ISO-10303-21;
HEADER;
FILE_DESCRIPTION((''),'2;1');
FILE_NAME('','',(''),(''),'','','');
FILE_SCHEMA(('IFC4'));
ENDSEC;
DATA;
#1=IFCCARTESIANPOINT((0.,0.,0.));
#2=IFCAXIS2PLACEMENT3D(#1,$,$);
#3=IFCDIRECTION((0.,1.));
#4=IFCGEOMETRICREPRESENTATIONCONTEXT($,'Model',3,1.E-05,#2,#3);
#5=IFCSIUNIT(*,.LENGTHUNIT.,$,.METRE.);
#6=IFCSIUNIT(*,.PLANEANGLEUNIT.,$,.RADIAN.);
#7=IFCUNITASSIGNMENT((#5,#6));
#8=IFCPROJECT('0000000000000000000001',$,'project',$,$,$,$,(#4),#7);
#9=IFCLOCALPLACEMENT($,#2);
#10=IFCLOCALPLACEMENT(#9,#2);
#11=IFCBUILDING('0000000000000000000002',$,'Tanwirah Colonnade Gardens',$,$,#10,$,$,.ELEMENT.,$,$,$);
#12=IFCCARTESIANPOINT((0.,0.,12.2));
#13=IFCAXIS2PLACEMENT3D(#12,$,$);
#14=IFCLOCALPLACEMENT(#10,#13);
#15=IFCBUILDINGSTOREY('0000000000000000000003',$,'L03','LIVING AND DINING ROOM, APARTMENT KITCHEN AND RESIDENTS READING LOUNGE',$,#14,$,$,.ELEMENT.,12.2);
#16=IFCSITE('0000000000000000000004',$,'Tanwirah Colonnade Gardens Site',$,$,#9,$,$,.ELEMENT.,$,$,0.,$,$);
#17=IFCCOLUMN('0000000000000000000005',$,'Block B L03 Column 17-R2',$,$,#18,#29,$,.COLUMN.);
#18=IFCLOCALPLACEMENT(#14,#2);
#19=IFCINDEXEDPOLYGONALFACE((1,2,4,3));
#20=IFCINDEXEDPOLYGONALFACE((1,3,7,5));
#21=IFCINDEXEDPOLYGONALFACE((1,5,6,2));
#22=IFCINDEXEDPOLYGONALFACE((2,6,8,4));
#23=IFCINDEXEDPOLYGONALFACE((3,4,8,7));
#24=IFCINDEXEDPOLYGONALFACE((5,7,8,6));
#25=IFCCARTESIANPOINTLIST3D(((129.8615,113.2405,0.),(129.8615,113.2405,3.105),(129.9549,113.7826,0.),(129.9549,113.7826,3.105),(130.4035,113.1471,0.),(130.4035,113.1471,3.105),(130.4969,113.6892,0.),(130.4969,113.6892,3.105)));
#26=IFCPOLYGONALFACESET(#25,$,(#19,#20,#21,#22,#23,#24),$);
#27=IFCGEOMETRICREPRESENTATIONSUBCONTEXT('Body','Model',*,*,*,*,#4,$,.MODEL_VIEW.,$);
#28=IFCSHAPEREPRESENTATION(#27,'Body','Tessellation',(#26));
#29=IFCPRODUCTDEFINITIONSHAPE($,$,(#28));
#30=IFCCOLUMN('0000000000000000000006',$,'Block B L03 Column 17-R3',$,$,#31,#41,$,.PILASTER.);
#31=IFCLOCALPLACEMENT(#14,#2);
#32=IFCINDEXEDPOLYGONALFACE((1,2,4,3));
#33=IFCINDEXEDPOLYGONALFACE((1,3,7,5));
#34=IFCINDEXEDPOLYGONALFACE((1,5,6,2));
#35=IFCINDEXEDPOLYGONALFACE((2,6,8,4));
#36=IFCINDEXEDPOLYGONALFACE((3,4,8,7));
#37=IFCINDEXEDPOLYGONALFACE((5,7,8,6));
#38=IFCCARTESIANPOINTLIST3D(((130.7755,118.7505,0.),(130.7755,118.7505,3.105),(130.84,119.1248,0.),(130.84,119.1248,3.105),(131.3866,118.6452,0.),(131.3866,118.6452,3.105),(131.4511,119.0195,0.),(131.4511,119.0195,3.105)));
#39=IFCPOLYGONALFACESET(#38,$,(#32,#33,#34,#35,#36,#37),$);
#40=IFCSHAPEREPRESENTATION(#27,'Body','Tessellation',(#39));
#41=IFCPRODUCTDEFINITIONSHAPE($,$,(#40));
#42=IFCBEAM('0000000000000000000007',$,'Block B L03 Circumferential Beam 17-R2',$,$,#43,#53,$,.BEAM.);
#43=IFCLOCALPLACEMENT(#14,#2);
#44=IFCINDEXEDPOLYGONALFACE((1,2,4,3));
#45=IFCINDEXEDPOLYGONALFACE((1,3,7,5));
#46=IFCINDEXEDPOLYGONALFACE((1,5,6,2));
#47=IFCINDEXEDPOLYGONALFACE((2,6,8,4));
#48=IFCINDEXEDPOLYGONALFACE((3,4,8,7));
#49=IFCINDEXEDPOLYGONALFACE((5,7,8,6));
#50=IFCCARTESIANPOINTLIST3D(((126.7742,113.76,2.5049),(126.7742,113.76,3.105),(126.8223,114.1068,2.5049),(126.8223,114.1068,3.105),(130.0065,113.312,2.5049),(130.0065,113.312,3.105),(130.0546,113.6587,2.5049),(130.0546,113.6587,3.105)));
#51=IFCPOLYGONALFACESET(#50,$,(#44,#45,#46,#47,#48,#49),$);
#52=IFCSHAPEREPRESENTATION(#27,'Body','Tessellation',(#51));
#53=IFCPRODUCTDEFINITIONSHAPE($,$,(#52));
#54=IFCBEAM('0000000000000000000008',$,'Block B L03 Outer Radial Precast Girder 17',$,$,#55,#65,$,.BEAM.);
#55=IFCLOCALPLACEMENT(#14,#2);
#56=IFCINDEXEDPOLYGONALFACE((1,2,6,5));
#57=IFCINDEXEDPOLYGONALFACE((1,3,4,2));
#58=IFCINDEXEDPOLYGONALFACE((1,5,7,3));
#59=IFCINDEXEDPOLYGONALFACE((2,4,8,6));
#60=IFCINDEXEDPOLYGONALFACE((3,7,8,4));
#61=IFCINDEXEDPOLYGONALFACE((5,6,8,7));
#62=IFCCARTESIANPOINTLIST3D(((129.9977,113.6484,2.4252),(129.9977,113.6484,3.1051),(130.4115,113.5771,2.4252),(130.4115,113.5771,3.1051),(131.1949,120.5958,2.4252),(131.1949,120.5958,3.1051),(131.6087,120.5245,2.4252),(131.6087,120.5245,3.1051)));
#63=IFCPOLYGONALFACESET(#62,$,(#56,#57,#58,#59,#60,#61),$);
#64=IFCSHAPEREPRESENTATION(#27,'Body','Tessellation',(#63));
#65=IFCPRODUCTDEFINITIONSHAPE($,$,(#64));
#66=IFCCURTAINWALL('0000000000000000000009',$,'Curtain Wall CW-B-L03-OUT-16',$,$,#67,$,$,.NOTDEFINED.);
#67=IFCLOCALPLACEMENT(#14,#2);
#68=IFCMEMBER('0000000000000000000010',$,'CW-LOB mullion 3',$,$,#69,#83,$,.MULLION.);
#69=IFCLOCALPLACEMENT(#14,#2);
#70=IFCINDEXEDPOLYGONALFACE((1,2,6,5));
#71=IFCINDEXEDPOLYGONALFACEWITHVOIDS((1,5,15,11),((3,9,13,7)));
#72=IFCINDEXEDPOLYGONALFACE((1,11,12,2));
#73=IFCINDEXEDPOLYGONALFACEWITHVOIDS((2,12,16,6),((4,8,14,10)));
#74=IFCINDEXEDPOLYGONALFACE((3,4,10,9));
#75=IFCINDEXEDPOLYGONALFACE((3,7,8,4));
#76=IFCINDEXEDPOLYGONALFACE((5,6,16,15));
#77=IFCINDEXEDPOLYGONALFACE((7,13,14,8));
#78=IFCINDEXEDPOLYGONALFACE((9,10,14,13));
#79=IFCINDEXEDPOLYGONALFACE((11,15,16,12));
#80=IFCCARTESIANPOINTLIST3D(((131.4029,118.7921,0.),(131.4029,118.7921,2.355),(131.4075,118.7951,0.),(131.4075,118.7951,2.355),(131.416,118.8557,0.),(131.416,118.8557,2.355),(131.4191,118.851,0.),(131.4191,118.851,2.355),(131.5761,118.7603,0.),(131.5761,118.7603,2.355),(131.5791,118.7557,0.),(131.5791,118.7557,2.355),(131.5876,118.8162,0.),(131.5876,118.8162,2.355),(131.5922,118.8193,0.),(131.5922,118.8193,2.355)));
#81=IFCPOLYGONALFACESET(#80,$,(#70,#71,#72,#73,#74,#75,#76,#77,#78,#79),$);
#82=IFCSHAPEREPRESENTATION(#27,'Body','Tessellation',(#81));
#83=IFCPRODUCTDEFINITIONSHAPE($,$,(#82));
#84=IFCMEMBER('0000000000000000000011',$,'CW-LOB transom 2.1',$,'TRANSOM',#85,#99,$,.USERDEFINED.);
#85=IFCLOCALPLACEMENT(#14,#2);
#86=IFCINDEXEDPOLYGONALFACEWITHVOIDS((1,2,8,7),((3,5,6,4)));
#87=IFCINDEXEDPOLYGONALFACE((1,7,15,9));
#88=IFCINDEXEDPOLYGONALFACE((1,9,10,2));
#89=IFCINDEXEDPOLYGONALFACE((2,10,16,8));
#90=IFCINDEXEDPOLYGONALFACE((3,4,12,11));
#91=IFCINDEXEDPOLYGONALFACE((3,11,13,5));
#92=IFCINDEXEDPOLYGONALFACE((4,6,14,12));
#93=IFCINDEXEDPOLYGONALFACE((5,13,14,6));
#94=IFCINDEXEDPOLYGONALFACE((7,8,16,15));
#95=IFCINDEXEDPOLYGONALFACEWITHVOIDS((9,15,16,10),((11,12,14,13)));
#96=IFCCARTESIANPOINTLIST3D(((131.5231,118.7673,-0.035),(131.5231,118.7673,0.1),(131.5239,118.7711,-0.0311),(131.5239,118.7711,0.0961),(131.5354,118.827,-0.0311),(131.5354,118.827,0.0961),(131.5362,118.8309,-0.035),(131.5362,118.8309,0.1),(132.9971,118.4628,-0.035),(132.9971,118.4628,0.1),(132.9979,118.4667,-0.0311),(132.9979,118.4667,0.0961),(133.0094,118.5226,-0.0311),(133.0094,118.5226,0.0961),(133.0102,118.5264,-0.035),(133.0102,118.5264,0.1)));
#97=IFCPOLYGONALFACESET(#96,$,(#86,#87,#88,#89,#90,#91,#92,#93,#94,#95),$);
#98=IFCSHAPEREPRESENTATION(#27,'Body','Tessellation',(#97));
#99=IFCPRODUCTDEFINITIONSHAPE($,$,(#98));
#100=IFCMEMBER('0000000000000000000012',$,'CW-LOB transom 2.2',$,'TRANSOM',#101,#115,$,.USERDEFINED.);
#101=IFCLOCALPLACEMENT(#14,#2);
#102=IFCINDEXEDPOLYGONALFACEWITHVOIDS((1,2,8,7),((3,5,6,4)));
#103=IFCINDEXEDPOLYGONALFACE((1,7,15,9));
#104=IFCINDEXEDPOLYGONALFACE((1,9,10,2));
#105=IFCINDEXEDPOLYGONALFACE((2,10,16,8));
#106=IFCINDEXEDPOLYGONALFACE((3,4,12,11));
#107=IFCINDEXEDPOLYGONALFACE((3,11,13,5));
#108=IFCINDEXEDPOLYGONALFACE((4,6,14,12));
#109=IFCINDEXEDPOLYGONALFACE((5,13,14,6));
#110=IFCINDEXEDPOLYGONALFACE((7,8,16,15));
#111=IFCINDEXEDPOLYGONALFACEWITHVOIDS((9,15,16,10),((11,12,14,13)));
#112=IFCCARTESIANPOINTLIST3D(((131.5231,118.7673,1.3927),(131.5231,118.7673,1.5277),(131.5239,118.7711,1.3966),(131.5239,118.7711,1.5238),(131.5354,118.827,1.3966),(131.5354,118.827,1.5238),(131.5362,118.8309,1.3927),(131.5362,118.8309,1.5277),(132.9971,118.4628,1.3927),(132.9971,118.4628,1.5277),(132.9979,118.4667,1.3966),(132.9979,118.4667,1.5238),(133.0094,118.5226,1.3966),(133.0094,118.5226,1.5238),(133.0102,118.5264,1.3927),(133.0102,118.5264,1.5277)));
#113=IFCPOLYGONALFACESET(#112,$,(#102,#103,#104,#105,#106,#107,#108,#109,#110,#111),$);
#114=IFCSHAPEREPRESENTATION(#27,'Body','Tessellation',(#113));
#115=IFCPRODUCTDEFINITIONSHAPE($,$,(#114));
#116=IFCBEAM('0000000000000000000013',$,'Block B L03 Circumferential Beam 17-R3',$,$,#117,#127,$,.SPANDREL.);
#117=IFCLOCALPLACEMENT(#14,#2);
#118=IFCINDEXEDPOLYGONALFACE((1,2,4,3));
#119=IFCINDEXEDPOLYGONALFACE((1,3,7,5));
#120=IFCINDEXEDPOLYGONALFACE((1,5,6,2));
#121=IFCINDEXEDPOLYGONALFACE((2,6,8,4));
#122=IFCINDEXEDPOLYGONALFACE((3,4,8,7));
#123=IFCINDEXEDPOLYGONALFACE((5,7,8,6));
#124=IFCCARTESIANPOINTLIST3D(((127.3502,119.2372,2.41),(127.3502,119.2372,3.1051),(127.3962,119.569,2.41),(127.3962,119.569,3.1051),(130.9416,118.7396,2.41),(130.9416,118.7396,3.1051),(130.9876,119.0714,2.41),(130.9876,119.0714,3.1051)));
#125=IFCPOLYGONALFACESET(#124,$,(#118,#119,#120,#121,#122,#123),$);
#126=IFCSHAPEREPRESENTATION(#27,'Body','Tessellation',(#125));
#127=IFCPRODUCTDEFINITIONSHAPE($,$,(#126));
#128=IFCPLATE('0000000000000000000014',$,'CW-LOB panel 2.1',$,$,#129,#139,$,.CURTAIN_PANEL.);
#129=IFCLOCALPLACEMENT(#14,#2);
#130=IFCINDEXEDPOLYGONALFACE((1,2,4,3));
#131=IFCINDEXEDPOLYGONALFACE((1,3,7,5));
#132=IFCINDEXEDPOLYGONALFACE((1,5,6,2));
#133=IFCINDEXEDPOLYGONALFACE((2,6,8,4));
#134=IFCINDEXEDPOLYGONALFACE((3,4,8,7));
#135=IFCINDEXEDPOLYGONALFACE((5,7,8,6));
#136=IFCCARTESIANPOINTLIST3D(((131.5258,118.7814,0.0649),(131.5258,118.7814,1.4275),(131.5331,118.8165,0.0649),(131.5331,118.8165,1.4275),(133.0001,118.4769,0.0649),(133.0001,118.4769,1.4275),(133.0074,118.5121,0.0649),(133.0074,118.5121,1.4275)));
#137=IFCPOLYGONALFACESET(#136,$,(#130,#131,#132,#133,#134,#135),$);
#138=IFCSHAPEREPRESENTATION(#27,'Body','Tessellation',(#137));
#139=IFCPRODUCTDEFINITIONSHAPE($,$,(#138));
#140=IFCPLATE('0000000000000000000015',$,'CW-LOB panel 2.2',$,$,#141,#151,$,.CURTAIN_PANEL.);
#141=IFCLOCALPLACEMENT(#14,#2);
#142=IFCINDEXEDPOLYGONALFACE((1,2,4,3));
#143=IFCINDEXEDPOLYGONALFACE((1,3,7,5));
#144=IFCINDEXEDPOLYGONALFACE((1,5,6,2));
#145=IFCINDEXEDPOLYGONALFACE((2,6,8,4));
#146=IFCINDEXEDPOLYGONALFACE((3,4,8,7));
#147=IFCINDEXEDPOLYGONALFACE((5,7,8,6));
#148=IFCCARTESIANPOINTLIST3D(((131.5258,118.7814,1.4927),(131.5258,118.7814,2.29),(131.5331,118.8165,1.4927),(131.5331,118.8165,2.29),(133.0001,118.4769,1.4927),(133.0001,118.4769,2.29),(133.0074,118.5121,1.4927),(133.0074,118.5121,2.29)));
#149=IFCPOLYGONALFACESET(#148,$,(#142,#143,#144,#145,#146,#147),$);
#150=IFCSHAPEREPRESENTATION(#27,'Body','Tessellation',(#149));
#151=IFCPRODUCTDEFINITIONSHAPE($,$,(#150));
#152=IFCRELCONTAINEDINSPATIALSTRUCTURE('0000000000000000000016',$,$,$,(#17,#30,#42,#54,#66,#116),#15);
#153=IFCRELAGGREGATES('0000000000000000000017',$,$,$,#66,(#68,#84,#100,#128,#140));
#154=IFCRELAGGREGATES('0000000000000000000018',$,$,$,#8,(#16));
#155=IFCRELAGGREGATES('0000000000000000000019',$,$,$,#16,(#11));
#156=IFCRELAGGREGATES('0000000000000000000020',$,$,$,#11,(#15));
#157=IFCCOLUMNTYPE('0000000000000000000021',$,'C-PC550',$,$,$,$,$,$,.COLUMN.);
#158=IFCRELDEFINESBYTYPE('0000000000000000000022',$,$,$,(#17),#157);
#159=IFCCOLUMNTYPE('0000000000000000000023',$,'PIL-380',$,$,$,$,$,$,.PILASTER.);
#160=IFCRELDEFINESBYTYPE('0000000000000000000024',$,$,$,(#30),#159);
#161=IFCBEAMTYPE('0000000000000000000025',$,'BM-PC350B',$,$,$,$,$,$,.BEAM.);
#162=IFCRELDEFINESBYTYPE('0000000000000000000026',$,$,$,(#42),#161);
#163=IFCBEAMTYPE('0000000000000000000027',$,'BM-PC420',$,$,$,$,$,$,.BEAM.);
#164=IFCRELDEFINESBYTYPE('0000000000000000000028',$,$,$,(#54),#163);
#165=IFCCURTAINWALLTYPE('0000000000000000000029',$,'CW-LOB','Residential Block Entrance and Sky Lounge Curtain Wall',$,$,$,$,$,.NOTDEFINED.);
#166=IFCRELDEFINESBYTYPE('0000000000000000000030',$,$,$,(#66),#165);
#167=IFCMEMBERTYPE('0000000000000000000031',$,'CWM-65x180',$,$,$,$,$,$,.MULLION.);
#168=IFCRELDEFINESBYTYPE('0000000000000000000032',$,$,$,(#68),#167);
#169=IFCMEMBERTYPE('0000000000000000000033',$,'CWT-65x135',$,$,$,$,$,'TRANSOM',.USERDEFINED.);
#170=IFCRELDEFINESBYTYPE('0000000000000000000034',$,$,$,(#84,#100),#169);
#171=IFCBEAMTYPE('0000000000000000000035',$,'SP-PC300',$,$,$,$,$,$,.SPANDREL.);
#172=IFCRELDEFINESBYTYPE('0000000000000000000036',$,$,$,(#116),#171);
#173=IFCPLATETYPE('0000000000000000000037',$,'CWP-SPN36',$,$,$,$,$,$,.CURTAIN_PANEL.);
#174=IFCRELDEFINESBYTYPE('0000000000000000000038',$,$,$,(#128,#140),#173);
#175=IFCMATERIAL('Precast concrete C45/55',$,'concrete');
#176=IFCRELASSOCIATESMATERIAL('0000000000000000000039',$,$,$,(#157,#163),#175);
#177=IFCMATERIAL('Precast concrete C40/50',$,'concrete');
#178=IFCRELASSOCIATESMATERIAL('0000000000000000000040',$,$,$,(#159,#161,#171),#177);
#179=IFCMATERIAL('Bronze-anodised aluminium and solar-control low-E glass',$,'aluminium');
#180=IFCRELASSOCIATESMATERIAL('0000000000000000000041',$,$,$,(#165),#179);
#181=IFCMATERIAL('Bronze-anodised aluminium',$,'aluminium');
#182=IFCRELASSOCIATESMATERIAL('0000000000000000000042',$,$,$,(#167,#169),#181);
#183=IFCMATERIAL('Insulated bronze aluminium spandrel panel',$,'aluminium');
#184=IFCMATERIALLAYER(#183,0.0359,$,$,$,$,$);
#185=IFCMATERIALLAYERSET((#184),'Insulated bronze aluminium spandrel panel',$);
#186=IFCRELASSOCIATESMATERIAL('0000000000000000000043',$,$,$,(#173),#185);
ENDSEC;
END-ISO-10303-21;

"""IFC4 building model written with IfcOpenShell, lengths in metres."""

from ifc_helpers import new_model, si_unit, direction, frame, origin, origin_2d, place, context, subcontext, project, spatial, rectangle, hollow_rectangle, extrude, material, layer, layer_set, material_profile, profile_set, type_object, element, aggregate, save


model = new_model("IFC4")

# Units and contexts
model_context = context("Model", 3, precision=1e-05, world=origin(), true_north=direction((0.0, 1.0)))
body_context = subcontext(model_context, "Body", "Model", "MODEL_VIEW")
ifc_project = project(units=[si_unit("LENGTHUNIT", "METRE"), si_unit("PLANEANGLEUNIT", "RADIAN")], contexts=[model_context])

# Site, building, storey
site_placement = place(None, origin())
site = spatial("IfcSite", under=ifc_project, at=site_placement, Name="Tanwirah Colonnade Gardens Site", CompositionType="ELEMENT", RefElevation=0.0)
building_placement = place(site_placement, origin())
building = spatial("IfcBuilding", under=site, at=building_placement, Name="Tanwirah Colonnade Gardens", CompositionType="ELEMENT")
storey_placement = place(building_placement, frame((0.0, 0.0, 12.2)))
storey = spatial("IfcBuildingStorey", under=building, at=storey_placement, Name="L03", Description="LIVING AND DINING ROOM, APARTMENT KITCHEN AND RESIDENTS READING LOUNGE", CompositionType="ELEMENT", Elevation=12.2)

# Columns
ifc_material_1 = material(Name="Precast concrete C45/55", Category="concrete")
ifc_material_profile_1 = material_profile(ifc_material_1, rectangle(XDim=0.55, YDim=0.55, at=origin_2d()), Name="PC-COL 550x550")
ifc_profile_set_1 = profile_set([ifc_material_profile_1], Name="Precast concrete C45/55")
column_type_1 = type_object("IfcColumnType", Name="C-PC550", PredefinedType="COLUMN", material=ifc_profile_set_1)
column_1_placement = place(storey_placement, frame((130.1792, 113.4648, 0.0), z_axis=(0.0, 0.0, 1.0), x_axis=(0.169827, 0.985474, 0.0)))
element("IfcColumn", 1, at=column_1_placement, inside=storey, type_object=column_type_1, Name="Block B L03 Column 17-R2", PredefinedType="COLUMN", context=body_context, shape_type="SweptSolid", body=[
    extrude(rectangle(XDim=0.55, YDim=0.55, at=origin_2d()), origin(), (0.0, 0.0, 1.0), 3.105),
])
ifc_material_2 = material(Name="Precast concrete C40/50", Category="concrete")
ifc_material_profile_2 = material_profile(ifc_material_2, rectangle(XDim=0.3799, YDim=0.6201, at=origin_2d()), Name="PC-PIL 380x620")
ifc_profile_set_2 = profile_set([ifc_material_profile_2], Name="Precast concrete C40/50")
column_type_2 = type_object("IfcColumnType", Name="PIL-380", PredefinedType="PILASTER", material=ifc_profile_set_2)
column_2_placement = place(storey_placement, frame((131.1133, 118.885, 0.0), z_axis=(0.0, 0.0, 1.0), x_axis=(0.169827, 0.985474, 0.0)))
element("IfcColumn", 2, at=column_2_placement, inside=storey, type_object=column_type_2, Name="Block B L03 Column 17-R3", PredefinedType="PILASTER", context=body_context, shape_type="SweptSolid", body=[
    extrude(rectangle(XDim=0.3799, YDim=0.6201, at=origin_2d()), origin(), (0.0, 0.0, 1.0), 3.105),
])

# Beams
ifc_material_profile_3 = material_profile(ifc_material_2, rectangle(XDim=0.3501, YDim=0.6001, at=origin_2d()), Name="PC-BM 350x600")
ifc_profile_set_3 = profile_set([ifc_material_profile_3], Name="Precast concrete C40/50")
beam_type_1 = type_object("IfcBeamType", Name="BM-PC350B", PredefinedType="BEAM", material=ifc_profile_set_3)
beam_1_placement = place(storey_placement, frame((130.0305, 113.4854, 2.8049), z_axis=(-0.99053, 0.137293, 0.0), x_axis=(-0.137293, -0.99053, 0.0)))
element("IfcBeam", 3, at=beam_1_placement, inside=storey, type_object=beam_type_1, Name="Block B L03 Circumferential Beam 17-R2", PredefinedType="BEAM", context=body_context, shape_type="SweptSolid", body=[
    extrude(rectangle(XDim=0.3501, YDim=0.6001, at=origin_2d()), origin(), (0.0, 0.0, 1.0), 3.2632),
])
ifc_material_profile_4 = material_profile(ifc_material_1, rectangle(XDim=0.4199, YDim=0.6799, at=origin_2d()), Name="PC-BM 420x680")
ifc_profile_set_4 = profile_set([ifc_material_profile_4], Name="Precast concrete C45/55")
beam_type_2 = type_object("IfcBeamType", Name="BM-PC420", PredefinedType="BEAM", material=ifc_profile_set_4)
beam_2_placement = place(storey_placement, frame((130.2046, 113.6128, 2.7651), z_axis=(0.169827, 0.985474, 0.0), x_axis=(-0.985474, 0.169827, 0.0)))
element("IfcBeam", 4, at=beam_2_placement, inside=storey, type_object=beam_type_2, Name="Block B L03 Outer Radial Precast Girder 17", PredefinedType="BEAM", context=body_context, shape_type="SweptSolid", body=[
    extrude(rectangle(XDim=0.4199, YDim=0.6799, at=origin_2d()), origin(), (0.0, 0.0, 1.0), 7.0498),
])

# Curtain wall, members
ifc_material_3 = material(Name="Bronze-anodised aluminium and solar-control low-E glass", Category="aluminium")
curtain_wall_type = type_object("IfcCurtainWallType", Name="CW-LOB", Description="Residential Block Entrance and Sky Lounge Curtain Wall", PredefinedType="NOTDEFINED", material=ifc_material_3)
curtain_wall_placement = place(storey_placement, origin())
curtain_wall = element("IfcCurtainWall", 5, at=curtain_wall_placement, inside=storey, type_object=curtain_wall_type, Name="Curtain Wall CW-B-L03-OUT-16", PredefinedType="NOTDEFINED")
ifc_material_4 = material(Name="Bronze-anodised aluminium", Category="aluminium")
ifc_material_profile_5 = material_profile(ifc_material_4, hollow_rectangle(XDim=0.0649, YDim=0.1799, WallThickness=0.0039, at=origin_2d()), Name="CW-MUL 65x180x4")
ifc_profile_set_5 = profile_set([ifc_material_profile_5], Name="Bronze-anodised aluminium")
member_type_1 = type_object("IfcMemberType", Name="CWM-65x180", PredefinedType="MULLION", material=ifc_profile_set_5)
member_1_placement = place(storey_placement, frame((131.4976, 118.8057, 0.0), z_axis=(0.0, 0.0, 1.0), x_axis=(-0.202218, -0.979341, 0.0)))
member_1 = element("IfcMember", 6, at=member_1_placement, type_object=member_type_1, Name="CW-LOB mullion 3", PredefinedType="MULLION", context=body_context, shape_type="SweptSolid", body=[
    extrude(hollow_rectangle(XDim=0.0649, YDim=0.1799, WallThickness=0.0039, at=origin_2d()), origin(), (0.0, 0.0, 1.0), 2.355),
])
ifc_material_profile_6 = material_profile(ifc_material_4, hollow_rectangle(XDim=0.0649, YDim=0.135, WallThickness=0.0039, at=origin_2d()), Name="CW-TRN 65x135x4")
ifc_profile_set_6 = profile_set([ifc_material_profile_6], Name="Bronze-anodised aluminium")
member_type_2 = type_object("IfcMemberType", Name="CWT-65x135", ElementType="TRANSOM", PredefinedType="USERDEFINED", material=ifc_profile_set_6)
member_2_placement = place(storey_placement, frame((133.0037, 118.4946, 0.0325), z_axis=(-0.979332, 0.202257, 0.0), x_axis=(-0.202257, -0.979332, 0.0)))
member_2 = element("IfcMember", 7, at=member_2_placement, type_object=member_type_2, Name="CW-LOB transom 2.1", ObjectType="TRANSOM", PredefinedType="USERDEFINED", context=body_context, shape_type="SweptSolid", body=[
    extrude(hollow_rectangle(XDim=0.0649, YDim=0.135, WallThickness=0.0039, at=origin_2d()), origin(), (0.0, 0.0, 1.0), 1.5051),
])
member_3_placement = place(storey_placement, frame((133.0037, 118.4946, 1.4602), z_axis=(-0.979332, 0.202257, 0.0), x_axis=(-0.202257, -0.979332, 0.0)))
member_3 = element("IfcMember", 8, at=member_3_placement, type_object=member_type_2, Name="CW-LOB transom 2.2", ObjectType="TRANSOM", PredefinedType="USERDEFINED", context=body_context, shape_type="SweptSolid", body=[
    extrude(hollow_rectangle(XDim=0.0649, YDim=0.135, WallThickness=0.0039, at=origin_2d()), origin(), (0.0, 0.0, 1.0), 1.5051),
])

# Beam
ifc_material_profile_7 = material_profile(ifc_material_2, rectangle(XDim=0.335, YDim=0.6951, at=origin_2d()), Name="PC-SP 335x695")
ifc_profile_set_7 = profile_set([ifc_material_profile_7], Name="Precast concrete C40/50")
beam_type_3 = type_object("IfcBeamType", Name="SP-PC300", PredefinedType="SPANDREL", material=ifc_profile_set_7)
beam_3_placement = place(storey_placement, frame((130.9646, 118.9055, 2.7576), z_axis=(-0.990539, 0.137234, 0.0), x_axis=(-0.137234, -0.990539, 0.0)))
element("IfcBeam", 9, at=beam_3_placement, inside=storey, type_object=beam_type_3, Name="Block B L03 Circumferential Beam 17-R3", PredefinedType="SPANDREL", context=body_context, shape_type="SweptSolid", body=[
    extrude(rectangle(XDim=0.335, YDim=0.6951, at=origin_2d()), origin(), (0.0, 0.0, 1.0), 3.6257),
])

# Plates
ifc_material_5 = material(Name="Insulated bronze aluminium spandrel panel", Category="aluminium")
ifc_layer_1 = layer(ifc_material_5, 0.0359)
ifc_layer_set_1 = layer_set([ifc_layer_1], Name="Insulated bronze aluminium spandrel panel")
plate_type = type_object("IfcPlateType", Name="CWP-SPN36", PredefinedType="CURTAIN_PANEL", material=ifc_layer_set_1)
plate_1_placement = place(storey_placement, frame((132.2666, 118.6467, 0.0649), z_axis=(0.0, 0.0, 1.0), x_axis=(-0.979341, 0.202218, 0.0)))
plate_1 = element("IfcPlate", 10, at=plate_1_placement, type_object=plate_type, Name="CW-LOB panel 2.1", PredefinedType="CURTAIN_PANEL", context=body_context, shape_type="SweptSolid", body=[
    extrude(rectangle(XDim=1.5054, YDim=0.0359, at=origin_2d()), origin(), (0.0, 0.0, 1.0), 1.3625),
])
plate_2_placement = place(storey_placement, frame((132.2666, 118.6467, 1.4927), z_axis=(0.0, 0.0, 1.0), x_axis=(-0.979341, 0.202218, 0.0)))
plate_2 = element("IfcPlate", 11, at=plate_2_placement, type_object=plate_type, Name="CW-LOB panel 2.2", PredefinedType="CURTAIN_PANEL", context=body_context, shape_type="SweptSolid", body=[
    extrude(rectangle(XDim=1.5054, YDim=0.0359, at=origin_2d()), origin(), (0.0, 0.0, 1.0), 0.7974),
])
aggregate(curtain_wall, [member_1, member_2, member_3, plate_1, plate_2])

save(model, "model.ifc")
